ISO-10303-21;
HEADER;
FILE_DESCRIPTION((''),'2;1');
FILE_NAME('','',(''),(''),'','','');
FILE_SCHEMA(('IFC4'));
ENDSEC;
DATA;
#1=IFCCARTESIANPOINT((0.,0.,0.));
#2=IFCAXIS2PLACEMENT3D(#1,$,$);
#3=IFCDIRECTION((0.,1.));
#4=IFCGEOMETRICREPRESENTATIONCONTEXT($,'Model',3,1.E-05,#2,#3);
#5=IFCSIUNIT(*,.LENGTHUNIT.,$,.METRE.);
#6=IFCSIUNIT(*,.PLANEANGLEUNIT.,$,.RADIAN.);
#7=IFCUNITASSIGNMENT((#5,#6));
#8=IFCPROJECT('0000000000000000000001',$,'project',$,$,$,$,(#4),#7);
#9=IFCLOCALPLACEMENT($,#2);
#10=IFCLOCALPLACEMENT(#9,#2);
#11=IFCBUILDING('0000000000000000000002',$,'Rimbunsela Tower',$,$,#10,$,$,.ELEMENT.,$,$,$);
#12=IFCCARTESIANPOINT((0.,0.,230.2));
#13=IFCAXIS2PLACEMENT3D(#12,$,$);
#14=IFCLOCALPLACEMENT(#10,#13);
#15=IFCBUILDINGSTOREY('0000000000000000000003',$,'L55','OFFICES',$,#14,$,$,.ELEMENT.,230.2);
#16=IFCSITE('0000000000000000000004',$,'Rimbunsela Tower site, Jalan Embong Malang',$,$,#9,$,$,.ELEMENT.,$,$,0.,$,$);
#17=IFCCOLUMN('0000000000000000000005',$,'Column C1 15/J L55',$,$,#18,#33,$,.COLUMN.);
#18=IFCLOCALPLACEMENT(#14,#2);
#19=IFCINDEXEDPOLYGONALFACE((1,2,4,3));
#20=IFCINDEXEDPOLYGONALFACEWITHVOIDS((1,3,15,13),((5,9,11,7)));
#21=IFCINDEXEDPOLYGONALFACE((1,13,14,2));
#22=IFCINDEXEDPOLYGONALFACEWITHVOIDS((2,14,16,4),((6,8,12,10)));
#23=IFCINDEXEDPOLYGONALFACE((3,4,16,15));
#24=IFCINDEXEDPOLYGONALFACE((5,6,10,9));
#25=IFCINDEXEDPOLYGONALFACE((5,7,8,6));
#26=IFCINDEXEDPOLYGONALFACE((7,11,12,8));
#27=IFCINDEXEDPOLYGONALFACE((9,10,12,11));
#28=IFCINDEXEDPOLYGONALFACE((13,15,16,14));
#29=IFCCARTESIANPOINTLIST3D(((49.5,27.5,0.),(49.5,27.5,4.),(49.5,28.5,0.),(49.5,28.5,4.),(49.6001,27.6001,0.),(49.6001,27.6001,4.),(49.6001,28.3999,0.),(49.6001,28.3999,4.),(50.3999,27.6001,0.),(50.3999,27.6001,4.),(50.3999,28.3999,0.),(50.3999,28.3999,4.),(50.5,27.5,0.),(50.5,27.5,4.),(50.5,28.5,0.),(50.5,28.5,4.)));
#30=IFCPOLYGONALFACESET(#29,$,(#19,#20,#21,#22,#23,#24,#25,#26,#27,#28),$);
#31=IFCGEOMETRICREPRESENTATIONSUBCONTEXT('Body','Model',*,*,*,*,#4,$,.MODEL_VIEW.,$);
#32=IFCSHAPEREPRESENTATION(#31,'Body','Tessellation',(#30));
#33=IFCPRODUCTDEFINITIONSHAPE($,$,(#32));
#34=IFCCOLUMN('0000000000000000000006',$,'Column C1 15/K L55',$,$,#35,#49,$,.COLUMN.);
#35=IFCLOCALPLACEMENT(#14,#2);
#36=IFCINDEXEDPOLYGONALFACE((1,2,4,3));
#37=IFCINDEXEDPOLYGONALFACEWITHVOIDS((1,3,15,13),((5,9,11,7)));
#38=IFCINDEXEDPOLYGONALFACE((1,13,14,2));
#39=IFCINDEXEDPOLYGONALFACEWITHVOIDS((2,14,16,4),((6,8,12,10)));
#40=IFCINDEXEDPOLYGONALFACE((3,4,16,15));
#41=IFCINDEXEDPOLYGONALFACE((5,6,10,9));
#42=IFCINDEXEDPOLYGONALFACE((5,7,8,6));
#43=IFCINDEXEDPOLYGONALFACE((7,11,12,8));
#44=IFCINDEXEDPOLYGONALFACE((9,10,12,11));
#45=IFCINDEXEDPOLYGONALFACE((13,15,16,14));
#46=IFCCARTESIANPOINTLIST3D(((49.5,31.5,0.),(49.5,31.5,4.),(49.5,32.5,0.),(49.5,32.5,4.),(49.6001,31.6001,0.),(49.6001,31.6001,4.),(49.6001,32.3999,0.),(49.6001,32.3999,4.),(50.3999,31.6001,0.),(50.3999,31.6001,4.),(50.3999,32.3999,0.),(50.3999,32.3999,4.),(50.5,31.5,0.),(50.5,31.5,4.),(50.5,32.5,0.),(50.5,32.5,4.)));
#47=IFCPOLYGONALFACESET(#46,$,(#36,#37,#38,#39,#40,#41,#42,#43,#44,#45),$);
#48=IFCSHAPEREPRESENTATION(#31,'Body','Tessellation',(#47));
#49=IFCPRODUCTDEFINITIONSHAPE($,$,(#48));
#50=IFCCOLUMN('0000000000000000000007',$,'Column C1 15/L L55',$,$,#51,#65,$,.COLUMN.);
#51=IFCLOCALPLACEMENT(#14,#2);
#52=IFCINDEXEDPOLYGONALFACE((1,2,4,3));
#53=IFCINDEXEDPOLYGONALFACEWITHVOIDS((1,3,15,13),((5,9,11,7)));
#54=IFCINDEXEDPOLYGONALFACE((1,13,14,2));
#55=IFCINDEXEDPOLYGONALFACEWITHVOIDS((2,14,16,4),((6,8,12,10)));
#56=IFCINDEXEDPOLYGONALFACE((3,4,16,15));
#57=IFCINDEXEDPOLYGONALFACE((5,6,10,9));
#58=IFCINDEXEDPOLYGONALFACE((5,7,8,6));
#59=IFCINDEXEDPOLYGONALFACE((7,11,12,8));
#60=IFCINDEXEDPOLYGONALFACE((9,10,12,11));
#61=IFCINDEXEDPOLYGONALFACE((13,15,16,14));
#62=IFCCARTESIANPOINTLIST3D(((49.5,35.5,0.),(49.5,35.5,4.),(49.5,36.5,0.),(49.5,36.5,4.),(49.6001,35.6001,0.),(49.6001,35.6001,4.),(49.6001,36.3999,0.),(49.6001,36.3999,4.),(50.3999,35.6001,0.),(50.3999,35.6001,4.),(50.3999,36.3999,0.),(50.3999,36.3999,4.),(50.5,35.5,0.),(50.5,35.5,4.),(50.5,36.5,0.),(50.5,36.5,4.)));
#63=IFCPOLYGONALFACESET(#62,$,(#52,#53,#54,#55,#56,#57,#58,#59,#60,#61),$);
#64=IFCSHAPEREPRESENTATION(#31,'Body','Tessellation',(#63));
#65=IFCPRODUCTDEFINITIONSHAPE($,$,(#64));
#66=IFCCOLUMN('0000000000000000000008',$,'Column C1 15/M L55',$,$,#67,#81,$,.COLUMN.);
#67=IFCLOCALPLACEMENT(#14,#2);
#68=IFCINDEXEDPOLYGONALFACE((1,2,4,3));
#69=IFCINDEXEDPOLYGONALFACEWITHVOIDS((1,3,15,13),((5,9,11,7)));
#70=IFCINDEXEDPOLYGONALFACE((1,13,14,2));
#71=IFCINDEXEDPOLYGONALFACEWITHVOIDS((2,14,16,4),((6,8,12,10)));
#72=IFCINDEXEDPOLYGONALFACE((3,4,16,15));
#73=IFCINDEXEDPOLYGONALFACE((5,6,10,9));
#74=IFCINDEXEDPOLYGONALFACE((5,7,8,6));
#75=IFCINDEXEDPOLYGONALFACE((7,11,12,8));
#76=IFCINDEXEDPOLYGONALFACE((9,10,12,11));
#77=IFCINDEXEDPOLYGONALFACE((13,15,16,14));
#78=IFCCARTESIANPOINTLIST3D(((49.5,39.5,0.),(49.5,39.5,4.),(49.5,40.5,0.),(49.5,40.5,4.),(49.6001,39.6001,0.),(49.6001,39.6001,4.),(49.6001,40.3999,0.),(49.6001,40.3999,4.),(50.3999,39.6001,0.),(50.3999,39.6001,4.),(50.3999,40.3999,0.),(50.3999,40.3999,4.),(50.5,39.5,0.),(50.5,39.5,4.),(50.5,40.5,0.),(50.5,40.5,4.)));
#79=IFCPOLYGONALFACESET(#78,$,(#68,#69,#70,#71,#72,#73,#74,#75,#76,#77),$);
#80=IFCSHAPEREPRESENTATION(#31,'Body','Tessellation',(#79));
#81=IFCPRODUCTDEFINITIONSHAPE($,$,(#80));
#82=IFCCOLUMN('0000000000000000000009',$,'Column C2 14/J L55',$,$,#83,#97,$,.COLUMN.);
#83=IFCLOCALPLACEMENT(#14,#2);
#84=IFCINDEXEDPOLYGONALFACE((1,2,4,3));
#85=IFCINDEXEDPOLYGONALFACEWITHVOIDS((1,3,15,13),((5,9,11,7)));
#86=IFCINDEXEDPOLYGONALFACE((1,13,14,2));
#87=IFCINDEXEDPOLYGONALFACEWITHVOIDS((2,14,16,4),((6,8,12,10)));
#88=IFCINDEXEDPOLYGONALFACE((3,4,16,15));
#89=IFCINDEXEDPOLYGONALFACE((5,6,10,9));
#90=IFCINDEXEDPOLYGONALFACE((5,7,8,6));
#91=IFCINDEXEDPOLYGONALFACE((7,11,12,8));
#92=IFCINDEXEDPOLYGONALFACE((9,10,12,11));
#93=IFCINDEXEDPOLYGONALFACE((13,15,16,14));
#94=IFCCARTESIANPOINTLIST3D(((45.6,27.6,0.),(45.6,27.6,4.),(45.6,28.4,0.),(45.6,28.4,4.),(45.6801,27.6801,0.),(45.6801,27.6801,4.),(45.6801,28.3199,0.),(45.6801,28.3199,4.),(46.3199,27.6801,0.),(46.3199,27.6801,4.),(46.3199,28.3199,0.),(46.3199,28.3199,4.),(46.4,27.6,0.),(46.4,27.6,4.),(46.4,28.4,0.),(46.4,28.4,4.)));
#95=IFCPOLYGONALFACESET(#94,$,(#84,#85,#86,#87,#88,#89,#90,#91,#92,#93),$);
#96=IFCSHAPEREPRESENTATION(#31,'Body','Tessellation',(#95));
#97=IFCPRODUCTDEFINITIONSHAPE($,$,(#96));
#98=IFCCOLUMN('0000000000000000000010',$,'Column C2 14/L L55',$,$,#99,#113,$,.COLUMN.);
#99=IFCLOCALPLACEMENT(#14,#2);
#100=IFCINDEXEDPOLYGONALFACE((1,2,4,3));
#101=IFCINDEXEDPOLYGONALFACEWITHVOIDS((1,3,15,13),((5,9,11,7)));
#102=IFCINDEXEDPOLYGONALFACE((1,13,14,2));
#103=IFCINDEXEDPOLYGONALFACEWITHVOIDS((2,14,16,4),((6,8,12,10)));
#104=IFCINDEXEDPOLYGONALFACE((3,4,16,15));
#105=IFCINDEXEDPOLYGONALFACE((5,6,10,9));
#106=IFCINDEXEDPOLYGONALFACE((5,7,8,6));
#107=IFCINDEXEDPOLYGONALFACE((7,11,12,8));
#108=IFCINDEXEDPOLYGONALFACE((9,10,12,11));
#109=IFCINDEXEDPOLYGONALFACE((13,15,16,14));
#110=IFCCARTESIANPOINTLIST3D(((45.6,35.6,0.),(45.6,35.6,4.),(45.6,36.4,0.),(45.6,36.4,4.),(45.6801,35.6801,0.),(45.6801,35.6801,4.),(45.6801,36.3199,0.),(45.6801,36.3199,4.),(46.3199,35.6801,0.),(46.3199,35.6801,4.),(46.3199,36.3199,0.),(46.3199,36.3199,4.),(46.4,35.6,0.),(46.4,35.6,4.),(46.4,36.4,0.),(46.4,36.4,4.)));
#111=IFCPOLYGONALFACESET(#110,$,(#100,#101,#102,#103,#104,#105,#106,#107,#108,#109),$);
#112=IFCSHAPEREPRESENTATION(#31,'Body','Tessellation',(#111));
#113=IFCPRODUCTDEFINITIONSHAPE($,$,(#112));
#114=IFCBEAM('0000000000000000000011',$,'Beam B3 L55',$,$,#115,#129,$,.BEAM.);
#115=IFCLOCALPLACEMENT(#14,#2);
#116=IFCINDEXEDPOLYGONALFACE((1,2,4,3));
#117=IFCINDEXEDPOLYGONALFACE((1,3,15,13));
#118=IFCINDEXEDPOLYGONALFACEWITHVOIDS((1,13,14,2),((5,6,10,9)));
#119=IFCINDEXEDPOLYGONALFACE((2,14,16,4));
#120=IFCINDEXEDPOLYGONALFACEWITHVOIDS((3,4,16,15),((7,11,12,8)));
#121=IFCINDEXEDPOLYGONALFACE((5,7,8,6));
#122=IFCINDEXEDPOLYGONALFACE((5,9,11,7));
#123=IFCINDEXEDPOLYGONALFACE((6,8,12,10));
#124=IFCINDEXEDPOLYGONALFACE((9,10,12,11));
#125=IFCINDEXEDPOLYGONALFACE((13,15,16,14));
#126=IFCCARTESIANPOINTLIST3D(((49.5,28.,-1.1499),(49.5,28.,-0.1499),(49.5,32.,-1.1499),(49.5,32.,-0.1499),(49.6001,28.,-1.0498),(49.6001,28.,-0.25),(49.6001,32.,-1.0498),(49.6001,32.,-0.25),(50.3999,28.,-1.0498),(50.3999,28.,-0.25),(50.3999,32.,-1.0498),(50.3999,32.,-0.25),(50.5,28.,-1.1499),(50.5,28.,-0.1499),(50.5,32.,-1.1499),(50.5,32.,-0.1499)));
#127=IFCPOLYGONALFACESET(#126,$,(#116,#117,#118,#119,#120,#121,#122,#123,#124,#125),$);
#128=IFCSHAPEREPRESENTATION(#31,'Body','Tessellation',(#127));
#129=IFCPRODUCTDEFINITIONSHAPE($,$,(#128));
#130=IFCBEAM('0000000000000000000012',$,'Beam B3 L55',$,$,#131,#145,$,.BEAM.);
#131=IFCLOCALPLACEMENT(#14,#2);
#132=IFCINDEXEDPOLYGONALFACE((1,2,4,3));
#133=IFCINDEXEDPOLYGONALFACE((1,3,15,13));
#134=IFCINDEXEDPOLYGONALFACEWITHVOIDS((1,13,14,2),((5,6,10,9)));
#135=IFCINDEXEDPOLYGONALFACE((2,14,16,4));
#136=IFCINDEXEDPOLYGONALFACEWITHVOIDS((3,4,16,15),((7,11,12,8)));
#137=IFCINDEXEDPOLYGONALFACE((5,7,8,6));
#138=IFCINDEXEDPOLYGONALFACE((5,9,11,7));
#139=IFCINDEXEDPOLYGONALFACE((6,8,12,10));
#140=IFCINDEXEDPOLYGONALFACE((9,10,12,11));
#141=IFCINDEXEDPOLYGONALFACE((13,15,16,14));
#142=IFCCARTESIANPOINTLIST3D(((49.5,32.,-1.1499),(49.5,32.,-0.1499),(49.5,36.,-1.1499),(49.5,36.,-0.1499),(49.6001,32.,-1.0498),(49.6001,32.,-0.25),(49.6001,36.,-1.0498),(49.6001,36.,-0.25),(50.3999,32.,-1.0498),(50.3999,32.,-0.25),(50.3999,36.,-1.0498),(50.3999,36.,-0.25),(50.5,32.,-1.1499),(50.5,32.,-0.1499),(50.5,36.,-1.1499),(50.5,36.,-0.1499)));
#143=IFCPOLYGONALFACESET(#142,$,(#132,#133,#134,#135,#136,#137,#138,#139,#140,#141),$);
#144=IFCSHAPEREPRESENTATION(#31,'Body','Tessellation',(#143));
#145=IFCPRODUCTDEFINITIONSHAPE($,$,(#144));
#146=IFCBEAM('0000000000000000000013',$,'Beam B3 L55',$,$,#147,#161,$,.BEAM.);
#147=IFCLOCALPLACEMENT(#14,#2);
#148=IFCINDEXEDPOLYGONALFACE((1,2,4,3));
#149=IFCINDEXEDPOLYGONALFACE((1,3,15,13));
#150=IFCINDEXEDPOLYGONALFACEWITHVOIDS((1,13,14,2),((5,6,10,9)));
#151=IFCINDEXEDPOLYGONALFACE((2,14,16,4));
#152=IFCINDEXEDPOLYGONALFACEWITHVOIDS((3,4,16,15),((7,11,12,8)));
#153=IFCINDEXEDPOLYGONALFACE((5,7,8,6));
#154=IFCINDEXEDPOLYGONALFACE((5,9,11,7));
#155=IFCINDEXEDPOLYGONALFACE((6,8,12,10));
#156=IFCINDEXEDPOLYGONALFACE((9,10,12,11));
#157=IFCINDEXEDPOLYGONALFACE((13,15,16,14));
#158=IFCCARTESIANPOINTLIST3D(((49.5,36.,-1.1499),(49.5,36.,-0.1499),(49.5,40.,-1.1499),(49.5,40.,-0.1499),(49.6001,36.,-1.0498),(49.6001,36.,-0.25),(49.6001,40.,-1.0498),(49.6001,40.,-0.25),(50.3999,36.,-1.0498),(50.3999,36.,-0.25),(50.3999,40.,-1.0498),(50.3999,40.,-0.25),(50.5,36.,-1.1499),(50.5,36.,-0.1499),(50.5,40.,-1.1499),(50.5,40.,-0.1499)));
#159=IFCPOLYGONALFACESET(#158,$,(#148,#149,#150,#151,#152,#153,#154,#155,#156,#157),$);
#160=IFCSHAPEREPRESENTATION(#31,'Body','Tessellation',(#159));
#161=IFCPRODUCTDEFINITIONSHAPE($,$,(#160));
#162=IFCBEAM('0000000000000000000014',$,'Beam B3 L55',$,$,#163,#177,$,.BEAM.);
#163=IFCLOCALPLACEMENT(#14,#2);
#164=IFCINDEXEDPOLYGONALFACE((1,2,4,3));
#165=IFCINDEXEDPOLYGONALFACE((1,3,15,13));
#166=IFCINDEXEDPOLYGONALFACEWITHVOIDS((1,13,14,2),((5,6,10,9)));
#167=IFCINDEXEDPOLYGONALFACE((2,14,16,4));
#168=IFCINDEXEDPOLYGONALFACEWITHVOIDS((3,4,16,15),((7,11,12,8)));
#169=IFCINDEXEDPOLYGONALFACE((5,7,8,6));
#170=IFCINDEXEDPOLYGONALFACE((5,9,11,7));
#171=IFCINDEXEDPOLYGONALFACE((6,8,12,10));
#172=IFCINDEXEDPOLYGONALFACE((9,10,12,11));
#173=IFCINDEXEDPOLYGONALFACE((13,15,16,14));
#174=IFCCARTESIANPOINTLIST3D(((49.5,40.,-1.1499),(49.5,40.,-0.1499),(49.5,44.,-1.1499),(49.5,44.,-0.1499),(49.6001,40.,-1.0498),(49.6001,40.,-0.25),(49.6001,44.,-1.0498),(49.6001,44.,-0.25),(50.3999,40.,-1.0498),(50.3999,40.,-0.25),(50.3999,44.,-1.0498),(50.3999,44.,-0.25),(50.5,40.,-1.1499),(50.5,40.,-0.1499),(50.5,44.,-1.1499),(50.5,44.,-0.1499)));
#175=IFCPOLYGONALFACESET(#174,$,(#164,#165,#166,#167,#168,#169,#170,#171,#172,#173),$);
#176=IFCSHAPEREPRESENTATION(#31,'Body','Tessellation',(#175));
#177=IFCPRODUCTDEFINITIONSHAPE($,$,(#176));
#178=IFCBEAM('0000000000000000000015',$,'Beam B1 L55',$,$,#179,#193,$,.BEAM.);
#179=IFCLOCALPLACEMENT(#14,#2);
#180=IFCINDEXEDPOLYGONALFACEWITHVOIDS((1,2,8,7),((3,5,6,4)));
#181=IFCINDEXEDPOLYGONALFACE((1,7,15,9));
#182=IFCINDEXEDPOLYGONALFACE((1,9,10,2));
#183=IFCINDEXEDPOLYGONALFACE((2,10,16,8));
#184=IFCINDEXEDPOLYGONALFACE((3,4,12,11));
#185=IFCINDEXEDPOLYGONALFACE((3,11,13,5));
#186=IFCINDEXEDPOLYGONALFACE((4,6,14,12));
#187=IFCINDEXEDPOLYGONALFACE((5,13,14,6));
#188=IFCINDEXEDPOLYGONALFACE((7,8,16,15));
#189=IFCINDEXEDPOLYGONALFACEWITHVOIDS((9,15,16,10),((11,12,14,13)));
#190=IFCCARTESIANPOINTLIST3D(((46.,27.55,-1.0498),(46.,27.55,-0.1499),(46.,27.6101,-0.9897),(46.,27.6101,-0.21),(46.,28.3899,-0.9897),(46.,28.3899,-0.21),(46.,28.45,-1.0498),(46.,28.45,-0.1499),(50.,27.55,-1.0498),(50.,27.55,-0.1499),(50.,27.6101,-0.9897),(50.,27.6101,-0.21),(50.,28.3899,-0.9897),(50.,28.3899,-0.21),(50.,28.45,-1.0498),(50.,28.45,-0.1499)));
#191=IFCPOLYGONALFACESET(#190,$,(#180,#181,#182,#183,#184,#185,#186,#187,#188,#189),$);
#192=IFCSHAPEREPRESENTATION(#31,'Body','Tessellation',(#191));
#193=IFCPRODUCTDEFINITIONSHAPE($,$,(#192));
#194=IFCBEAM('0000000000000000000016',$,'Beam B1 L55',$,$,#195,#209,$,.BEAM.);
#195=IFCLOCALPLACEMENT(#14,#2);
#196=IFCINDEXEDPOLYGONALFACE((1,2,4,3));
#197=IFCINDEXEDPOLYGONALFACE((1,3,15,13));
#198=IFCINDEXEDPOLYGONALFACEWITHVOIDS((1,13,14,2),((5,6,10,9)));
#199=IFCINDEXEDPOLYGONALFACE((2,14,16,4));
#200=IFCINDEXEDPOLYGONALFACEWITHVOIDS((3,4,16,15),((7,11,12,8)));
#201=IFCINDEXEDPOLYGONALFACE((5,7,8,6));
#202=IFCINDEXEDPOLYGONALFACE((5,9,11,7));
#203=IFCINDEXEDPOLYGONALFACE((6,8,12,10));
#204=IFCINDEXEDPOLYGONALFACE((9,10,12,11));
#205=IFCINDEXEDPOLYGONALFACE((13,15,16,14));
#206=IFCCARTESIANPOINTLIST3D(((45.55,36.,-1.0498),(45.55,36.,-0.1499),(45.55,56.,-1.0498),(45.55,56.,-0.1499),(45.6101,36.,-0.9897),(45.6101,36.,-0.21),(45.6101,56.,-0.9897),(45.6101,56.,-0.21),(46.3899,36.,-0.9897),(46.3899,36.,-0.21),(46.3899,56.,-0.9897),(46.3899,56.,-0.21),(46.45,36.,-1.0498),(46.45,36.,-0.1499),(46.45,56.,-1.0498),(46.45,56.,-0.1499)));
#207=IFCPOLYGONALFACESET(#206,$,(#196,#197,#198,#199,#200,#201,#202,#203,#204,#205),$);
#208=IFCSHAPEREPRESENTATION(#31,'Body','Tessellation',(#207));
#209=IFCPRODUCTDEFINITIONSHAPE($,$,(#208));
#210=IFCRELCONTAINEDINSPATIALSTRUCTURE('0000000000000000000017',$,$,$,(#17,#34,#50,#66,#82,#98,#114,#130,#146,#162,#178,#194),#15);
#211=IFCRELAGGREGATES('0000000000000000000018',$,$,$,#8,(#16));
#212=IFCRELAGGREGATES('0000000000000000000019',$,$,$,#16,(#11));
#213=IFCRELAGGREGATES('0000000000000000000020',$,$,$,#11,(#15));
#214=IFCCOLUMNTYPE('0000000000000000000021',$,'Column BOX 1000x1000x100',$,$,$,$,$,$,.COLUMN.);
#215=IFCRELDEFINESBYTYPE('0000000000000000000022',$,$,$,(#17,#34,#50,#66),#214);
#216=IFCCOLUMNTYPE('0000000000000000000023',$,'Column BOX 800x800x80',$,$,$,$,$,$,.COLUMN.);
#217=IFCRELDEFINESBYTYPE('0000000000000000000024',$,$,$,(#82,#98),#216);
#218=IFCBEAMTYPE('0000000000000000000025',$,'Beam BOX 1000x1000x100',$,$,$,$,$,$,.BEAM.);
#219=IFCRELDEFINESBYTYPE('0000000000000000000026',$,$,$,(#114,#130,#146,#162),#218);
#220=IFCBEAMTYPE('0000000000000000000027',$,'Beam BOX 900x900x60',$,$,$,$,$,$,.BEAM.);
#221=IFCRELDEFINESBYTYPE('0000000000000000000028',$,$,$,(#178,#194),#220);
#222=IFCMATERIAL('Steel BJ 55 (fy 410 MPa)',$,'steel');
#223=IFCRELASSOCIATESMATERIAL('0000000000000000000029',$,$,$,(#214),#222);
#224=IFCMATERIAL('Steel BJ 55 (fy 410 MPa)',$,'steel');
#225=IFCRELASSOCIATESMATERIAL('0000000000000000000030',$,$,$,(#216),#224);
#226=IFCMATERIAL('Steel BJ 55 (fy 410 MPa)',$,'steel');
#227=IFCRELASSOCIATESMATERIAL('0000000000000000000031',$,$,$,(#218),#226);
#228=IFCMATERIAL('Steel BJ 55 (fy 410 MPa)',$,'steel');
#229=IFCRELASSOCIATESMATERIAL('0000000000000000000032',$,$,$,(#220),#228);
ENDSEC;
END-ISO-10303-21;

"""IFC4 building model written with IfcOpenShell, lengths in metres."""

from ifc_helpers import new_model, si_unit, direction, frame, origin, origin_2d, place, context, subcontext, project, spatial, hollow_rectangle, extrude, material, material_profile, profile_set, type_object, element, save


model = new_model("IFC4")

# Units and contexts
model_context = context("Model", 3, precision=1e-05, world=origin(), true_north=direction((0.0, 1.0)))
body_context = subcontext(model_context, "Body", "Model", "MODEL_VIEW")
ifc_project = project(units=[si_unit("LENGTHUNIT", "METRE"), si_unit("PLANEANGLEUNIT", "RADIAN")], contexts=[model_context])

# Site, building, storey
site_placement = place(None, origin())
site = spatial("IfcSite", under=ifc_project, at=site_placement, Name="Rimbunsela Tower site, Jalan Embong Malang", CompositionType="ELEMENT", RefElevation=0.0)
building_placement = place(site_placement, origin())
building = spatial("IfcBuilding", under=site, at=building_placement, Name="Rimbunsela Tower", CompositionType="ELEMENT")
storey_placement = place(building_placement, frame((0.0, 0.0, 230.2)))
storey = spatial("IfcBuildingStorey", under=building, at=storey_placement, Name="L55", Description="OFFICES", CompositionType="ELEMENT", Elevation=230.2)

# Columns
ifc_material_1 = material(Name="Steel BJ 55 (fy 410 MPa)", Category="steel")
ifc_material_profile_1 = material_profile(ifc_material_1, hollow_rectangle(XDim=1.0, YDim=1.0, WallThickness=0.1001, at=origin_2d()), Name="BOX 1000x1000x100")
ifc_profile_set_1 = profile_set([ifc_material_profile_1], Name="Steel BJ 55 (fy 410 MPa)")
column_type_1 = type_object("IfcColumnType", Name="Column BOX 1000x1000x100", PredefinedType="COLUMN", material=ifc_profile_set_1)
for number, where, z_axis, x_axis, name in (
    (1, (50.0, 28.0, 0.0), (0.0, 0.0, 1.0), (1.0, 0.0, 0.0), "Column C1 15/J L55"),
    (2, (50.0, 32.0, 0.0), (0.0, 0.0, 1.0), (1.0, 0.0, 0.0), "Column C1 15/K L55"),
    (3, (50.0, 36.0, 0.0), (0.0, 0.0, 1.0), (1.0, 0.0, 0.0), "Column C1 15/L L55"),
    (4, (50.0, 40.0, 0.0), (0.0, 0.0, 1.0), (1.0, 0.0, 0.0), "Column C1 15/M L55"),
):
    element("IfcColumn", number, at=place(storey_placement, frame(where, z_axis=z_axis, x_axis=x_axis)), inside=storey, type_object=column_type_1, Name=name, PredefinedType="COLUMN", context=body_context, shape_type="SweptSolid", body=[
        extrude(hollow_rectangle(XDim=1.0, YDim=1.0, WallThickness=0.1001, at=origin_2d()), origin(), (0.0, 0.0, 1.0), 4.0),
    ])
ifc_material_2 = material(Name="Steel BJ 55 (fy 410 MPa)", Category="steel")
ifc_material_profile_2 = material_profile(ifc_material_2, hollow_rectangle(XDim=0.8, YDim=0.8, WallThickness=0.0801, at=origin_2d()), Name="BOX 800x800x80")
ifc_profile_set_2 = profile_set([ifc_material_profile_2], Name="Steel BJ 55 (fy 410 MPa)")
column_type_2 = type_object("IfcColumnType", Name="Column BOX 800x800x80", PredefinedType="COLUMN", material=ifc_profile_set_2)
for number, where, z_axis, x_axis, name in (
    (5, (46.0, 28.0, 0.0), (0.0, 0.0, 1.0), (1.0, 0.0, 0.0), "Column C2 14/J L55"),
    (6, (46.0, 36.0, 0.0), (0.0, 0.0, 1.0), (1.0, 0.0, 0.0), "Column C2 14/L L55"),
):
    element("IfcColumn", number, at=place(storey_placement, frame(where, z_axis=z_axis, x_axis=x_axis)), inside=storey, type_object=column_type_2, Name=name, PredefinedType="COLUMN", context=body_context, shape_type="SweptSolid", body=[
        extrude(hollow_rectangle(XDim=0.8, YDim=0.8, WallThickness=0.0801, at=origin_2d()), origin(), (0.0, 0.0, 1.0), 4.0),
    ])

# Beams
ifc_material_3 = material(Name="Steel BJ 55 (fy 410 MPa)", Category="steel")
ifc_material_profile_3 = material_profile(ifc_material_3, hollow_rectangle(XDim=1.0, YDim=1.0, WallThickness=0.1001, at=origin_2d()), Name="BOX 1000x1000x100")
ifc_profile_set_3 = profile_set([ifc_material_profile_3], Name="Steel BJ 55 (fy 410 MPa)")
beam_type_1 = type_object("IfcBeamType", Name="Beam BOX 1000x1000x100", PredefinedType="BEAM", material=ifc_profile_set_3)
for number, where, z_axis, x_axis, name in (
    (7, (50.0, 28.0, -0.6499), (0.0, 1.0, 0.0), (-1.0, 0.0, 0.0), "Beam B3 L55"),
    (8, (50.0, 32.0, -0.6499), (0.0, 1.0, 0.0), (-1.0, 0.0, 0.0), "Beam B3 L55"),
    (9, (50.0, 36.0, -0.6499), (0.0, 1.0, 0.0), (-1.0, 0.0, 0.0), "Beam B3 L55"),
    (10, (50.0, 40.0, -0.6499), (0.0, 1.0, 0.0), (-1.0, 0.0, 0.0), "Beam B3 L55"),
):
    element("IfcBeam", number, at=place(storey_placement, frame(where, z_axis=z_axis, x_axis=x_axis)), inside=storey, type_object=beam_type_1, Name=name, PredefinedType="BEAM", context=body_context, shape_type="SweptSolid", body=[
        extrude(hollow_rectangle(XDim=1.0, YDim=1.0, WallThickness=0.1001, at=origin_2d()), origin(), (0.0, 0.0, 1.0), 4.0),
    ])
ifc_material_4 = material(Name="Steel BJ 55 (fy 410 MPa)", Category="steel")
ifc_material_profile_4 = material_profile(ifc_material_4, hollow_rectangle(XDim=0.8999, YDim=0.8999, WallThickness=0.0601, at=origin_2d()), Name="BOX 900x900x60")
ifc_profile_set_4 = profile_set([ifc_material_profile_4], Name="Steel BJ 55 (fy 410 MPa)")
beam_type_2 = type_object("IfcBeamType", Name="Beam BOX 900x900x60", PredefinedType="BEAM", material=ifc_profile_set_4)
beam_1_placement = place(storey_placement, frame((46.0, 28.0, -0.5999), z_axis=(1.0, 0.0, 0.0), x_axis=(0.0, 1.0, 0.0)))
element("IfcBeam", 11, at=beam_1_placement, inside=storey, type_object=beam_type_2, Name="Beam B1 L55", PredefinedType="BEAM", context=body_context, shape_type="SweptSolid", body=[
    extrude(hollow_rectangle(XDim=0.8999, YDim=0.8999, WallThickness=0.0601, at=origin_2d()), origin(), (0.0, 0.0, 1.0), 4.0),
])
beam_2_placement = place(storey_placement, frame((46.0, 36.0, -0.5999), z_axis=(0.0, 1.0, 0.0), x_axis=(-1.0, 0.0, 0.0)))
element("IfcBeam", 12, at=beam_2_placement, inside=storey, type_object=beam_type_2, Name="Beam B1 L55", PredefinedType="BEAM", context=body_context, shape_type="SweptSolid", body=[
    extrude(hollow_rectangle(XDim=0.8999, YDim=0.8999, WallThickness=0.0601, at=origin_2d()), origin(), (0.0, 0.0, 1.0), 20.0),
])

save(model, "model.ifc")
